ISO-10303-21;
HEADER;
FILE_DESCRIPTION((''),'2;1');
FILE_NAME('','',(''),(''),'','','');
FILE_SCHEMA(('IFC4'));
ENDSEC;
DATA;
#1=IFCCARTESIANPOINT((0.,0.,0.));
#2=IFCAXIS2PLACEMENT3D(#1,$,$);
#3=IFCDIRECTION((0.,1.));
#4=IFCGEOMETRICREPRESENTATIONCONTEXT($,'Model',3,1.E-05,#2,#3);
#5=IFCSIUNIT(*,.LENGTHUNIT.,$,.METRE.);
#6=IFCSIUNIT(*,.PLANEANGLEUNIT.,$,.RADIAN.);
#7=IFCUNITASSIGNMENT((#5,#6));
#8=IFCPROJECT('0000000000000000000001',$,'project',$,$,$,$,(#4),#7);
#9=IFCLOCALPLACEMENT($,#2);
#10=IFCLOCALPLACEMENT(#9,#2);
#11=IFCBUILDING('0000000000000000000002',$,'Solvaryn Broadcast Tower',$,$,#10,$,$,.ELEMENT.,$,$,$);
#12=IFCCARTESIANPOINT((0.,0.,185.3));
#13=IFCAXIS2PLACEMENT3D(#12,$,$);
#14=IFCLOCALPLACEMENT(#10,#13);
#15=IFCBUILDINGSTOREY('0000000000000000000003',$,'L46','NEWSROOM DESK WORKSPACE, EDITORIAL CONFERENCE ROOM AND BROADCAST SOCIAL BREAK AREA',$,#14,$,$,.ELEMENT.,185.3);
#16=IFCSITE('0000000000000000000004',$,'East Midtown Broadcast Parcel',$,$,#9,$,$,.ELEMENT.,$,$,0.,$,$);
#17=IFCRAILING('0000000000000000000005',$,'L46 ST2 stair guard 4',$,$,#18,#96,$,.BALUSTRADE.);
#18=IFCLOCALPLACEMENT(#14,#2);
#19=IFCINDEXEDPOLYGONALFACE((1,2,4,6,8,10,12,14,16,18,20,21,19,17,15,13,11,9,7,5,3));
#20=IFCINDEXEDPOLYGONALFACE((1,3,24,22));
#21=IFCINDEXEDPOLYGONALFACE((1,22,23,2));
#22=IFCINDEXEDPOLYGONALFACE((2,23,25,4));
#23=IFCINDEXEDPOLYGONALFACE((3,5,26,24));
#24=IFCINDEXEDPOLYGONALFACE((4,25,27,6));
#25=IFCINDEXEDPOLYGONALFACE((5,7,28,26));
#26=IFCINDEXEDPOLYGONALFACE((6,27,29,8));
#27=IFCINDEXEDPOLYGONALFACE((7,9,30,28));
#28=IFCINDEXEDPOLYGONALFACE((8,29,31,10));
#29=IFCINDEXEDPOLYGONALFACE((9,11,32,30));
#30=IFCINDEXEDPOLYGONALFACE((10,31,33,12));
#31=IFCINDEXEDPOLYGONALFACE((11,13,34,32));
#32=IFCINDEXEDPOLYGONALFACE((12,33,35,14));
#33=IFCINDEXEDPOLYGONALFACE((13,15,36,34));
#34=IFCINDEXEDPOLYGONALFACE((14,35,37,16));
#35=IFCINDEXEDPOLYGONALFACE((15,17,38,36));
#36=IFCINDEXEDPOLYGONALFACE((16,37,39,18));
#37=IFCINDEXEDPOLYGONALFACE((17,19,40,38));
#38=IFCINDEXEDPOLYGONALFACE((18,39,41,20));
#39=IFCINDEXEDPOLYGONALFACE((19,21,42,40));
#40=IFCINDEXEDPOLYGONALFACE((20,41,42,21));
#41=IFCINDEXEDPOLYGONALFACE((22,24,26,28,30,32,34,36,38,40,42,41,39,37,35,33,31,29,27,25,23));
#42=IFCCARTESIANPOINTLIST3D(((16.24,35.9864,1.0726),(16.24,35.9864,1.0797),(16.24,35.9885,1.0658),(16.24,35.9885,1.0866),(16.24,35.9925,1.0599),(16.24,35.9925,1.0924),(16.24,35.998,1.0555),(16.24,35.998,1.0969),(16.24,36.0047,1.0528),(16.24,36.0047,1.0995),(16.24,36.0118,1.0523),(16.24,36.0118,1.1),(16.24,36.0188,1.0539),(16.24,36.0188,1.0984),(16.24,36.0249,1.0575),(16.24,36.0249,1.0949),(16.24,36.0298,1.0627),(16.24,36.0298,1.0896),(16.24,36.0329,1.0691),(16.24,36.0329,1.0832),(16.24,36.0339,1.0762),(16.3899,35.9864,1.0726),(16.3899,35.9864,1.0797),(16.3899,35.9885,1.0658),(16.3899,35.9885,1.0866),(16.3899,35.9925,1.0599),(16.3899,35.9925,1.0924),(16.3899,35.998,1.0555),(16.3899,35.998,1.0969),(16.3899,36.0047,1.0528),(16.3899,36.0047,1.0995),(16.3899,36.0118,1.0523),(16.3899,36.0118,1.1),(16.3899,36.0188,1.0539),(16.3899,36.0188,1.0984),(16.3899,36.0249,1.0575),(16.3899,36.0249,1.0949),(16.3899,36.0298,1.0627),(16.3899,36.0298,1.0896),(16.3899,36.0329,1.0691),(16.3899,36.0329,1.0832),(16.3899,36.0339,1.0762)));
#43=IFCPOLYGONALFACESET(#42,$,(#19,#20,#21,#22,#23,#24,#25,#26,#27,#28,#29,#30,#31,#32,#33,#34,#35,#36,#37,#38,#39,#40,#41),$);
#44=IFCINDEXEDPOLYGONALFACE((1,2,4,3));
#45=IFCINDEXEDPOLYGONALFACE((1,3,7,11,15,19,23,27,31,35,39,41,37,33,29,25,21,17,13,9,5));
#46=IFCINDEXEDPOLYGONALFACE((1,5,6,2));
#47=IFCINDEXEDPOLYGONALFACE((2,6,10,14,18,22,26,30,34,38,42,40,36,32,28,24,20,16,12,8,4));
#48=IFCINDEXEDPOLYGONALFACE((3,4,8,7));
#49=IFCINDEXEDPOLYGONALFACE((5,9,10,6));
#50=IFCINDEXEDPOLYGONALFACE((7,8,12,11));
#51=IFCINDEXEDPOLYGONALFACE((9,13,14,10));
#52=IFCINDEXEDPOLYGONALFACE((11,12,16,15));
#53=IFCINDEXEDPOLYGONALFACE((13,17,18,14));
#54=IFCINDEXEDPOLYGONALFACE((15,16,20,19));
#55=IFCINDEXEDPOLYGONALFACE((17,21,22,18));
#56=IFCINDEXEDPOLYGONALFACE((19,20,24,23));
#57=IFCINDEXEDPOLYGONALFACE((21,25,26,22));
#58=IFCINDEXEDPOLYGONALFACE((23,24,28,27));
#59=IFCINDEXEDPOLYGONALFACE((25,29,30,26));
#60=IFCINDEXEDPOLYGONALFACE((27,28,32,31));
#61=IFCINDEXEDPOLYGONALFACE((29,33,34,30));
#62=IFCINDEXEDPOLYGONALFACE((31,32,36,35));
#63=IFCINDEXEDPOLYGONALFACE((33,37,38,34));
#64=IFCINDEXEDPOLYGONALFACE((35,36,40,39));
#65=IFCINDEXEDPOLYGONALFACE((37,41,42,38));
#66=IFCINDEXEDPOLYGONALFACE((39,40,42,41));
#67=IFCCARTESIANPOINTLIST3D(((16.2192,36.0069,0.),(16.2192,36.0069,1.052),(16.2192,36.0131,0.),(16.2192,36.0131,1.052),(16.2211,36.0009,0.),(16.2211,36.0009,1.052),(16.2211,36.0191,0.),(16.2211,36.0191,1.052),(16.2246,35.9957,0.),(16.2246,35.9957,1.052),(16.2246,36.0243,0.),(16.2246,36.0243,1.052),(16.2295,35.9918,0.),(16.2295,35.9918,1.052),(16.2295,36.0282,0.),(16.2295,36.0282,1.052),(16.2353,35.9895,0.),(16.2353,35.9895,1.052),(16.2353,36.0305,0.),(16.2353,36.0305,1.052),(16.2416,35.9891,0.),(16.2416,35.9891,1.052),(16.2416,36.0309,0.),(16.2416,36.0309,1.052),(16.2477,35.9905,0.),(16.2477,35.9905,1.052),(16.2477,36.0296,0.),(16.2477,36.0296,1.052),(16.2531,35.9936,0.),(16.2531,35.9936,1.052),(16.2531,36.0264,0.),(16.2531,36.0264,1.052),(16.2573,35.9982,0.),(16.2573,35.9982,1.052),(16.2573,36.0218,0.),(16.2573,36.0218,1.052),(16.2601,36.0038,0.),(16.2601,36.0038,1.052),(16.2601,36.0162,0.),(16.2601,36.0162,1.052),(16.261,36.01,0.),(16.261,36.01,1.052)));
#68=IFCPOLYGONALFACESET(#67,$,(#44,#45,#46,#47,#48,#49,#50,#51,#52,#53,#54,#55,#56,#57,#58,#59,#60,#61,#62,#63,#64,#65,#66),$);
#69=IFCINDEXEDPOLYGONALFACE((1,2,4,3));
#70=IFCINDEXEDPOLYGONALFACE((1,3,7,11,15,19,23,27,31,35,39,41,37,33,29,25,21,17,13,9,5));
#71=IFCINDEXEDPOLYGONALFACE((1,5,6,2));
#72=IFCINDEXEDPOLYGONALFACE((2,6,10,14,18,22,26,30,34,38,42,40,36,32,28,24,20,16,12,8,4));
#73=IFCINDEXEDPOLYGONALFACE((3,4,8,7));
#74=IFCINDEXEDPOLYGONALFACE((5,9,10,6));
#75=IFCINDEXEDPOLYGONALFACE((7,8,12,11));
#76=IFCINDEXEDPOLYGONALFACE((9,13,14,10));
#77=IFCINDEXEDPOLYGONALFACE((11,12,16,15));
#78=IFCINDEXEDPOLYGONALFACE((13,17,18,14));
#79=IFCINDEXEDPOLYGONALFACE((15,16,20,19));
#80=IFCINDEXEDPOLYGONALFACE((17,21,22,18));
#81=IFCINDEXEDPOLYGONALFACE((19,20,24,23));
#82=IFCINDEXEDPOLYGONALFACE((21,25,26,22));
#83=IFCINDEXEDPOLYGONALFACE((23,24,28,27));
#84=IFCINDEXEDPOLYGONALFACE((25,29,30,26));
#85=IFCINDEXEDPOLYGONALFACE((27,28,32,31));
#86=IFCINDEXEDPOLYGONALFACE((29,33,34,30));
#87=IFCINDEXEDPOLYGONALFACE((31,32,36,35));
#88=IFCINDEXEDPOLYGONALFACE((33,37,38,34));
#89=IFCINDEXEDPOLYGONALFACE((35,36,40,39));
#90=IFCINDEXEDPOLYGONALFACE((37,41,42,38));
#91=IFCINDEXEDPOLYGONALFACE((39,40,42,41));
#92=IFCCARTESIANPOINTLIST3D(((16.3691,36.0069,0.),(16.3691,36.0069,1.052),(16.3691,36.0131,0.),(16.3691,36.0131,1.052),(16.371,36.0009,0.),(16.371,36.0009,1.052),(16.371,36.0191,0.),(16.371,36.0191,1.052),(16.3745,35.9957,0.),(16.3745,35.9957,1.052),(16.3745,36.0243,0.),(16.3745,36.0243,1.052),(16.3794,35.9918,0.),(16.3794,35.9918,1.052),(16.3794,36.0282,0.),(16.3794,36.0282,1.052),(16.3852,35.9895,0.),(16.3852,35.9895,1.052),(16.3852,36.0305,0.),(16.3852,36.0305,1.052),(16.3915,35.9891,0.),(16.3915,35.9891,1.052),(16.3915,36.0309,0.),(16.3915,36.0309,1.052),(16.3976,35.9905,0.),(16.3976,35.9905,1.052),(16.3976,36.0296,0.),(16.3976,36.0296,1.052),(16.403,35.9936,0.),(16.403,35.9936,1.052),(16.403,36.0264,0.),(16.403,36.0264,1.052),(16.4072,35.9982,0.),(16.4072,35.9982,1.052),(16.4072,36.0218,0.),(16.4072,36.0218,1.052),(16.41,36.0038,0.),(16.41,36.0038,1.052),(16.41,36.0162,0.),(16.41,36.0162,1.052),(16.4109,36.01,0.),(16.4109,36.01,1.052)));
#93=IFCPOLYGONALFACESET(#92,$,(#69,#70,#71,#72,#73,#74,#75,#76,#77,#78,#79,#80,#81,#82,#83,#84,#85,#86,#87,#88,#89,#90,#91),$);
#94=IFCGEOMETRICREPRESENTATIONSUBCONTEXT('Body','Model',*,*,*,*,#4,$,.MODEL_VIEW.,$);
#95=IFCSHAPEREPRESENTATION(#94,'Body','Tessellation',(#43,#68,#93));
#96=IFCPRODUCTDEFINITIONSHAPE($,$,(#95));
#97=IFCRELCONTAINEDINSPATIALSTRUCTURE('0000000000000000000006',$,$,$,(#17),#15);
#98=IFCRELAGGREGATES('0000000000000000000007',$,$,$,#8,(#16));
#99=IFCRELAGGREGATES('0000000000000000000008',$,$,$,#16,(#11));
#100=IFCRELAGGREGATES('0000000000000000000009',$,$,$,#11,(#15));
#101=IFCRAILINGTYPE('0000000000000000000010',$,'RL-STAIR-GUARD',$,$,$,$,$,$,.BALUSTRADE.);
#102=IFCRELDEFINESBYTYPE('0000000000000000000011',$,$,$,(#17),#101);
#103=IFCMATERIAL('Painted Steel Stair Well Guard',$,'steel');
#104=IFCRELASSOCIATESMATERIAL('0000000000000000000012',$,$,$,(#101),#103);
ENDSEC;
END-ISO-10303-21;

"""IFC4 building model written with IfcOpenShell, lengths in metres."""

from ifc_helpers import new_model, si_unit, direction, frame, origin, origin_2d, place, context, subcontext, project, spatial, circle, extrude, material, type_object, element, save


model = new_model("IFC4")

# Units and contexts
model_context = context("Model", 3, precision=1e-05, world=origin(), true_north=direction((0.0, 1.0)))
body_context = subcontext(model_context, "Body", "Model", "MODEL_VIEW")
ifc_project = project(units=[si_unit("LENGTHUNIT", "METRE"), si_unit("PLANEANGLEUNIT", "RADIAN")], contexts=[model_context])

# Site, building, storey
site_placement = place(None, origin())
site = spatial("IfcSite", under=ifc_project, at=site_placement, Name="East Midtown Broadcast Parcel", CompositionType="ELEMENT", RefElevation=0.0)
building_placement = place(site_placement, origin())
building = spatial("IfcBuilding", under=site, at=building_placement, Name="Solvaryn Broadcast Tower", CompositionType="ELEMENT")
storey_placement = place(building_placement, frame((0.0, 0.0, 185.3)))
storey = spatial("IfcBuildingStorey", under=building, at=storey_placement, Name="L46", Description="NEWSROOM DESK WORKSPACE, EDITORIAL CONFERENCE ROOM AND BROADCAST SOCIAL BREAK AREA", CompositionType="ELEMENT", Elevation=185.3)

# Railing
ifc_material_1 = material(Name="Painted Steel Stair Well Guard", Category="steel")
railing_type_1 = type_object("IfcRailingType", Name="RL-STAIR-GUARD", PredefinedType="BALUSTRADE", material=ifc_material_1)
railing_1_placement = place(storey_placement, frame((16.24, 36.01, 0.0)))
element("IfcRailing", 1, at=railing_1_placement, inside=storey, type_object=railing_type_1, Name="L46 ST2 stair guard 4", PredefinedType="BALUSTRADE", context=body_context, shape_type="SweptSolid", body=[
    extrude(circle(Radius=0.0239, at=origin_2d()), frame((0.0, 0.0, 1.0762), z_axis=(1.0, 0.0, 0.0), x_axis=(0.0, 1.0, 0.0)), (0.0, 0.0, 1.0), 0.1499),
    extrude(circle(Radius=0.021, at=origin_2d()), origin(), (0.0, 0.0, 1.0), 1.052),
    extrude(circle(Radius=0.021, at=origin_2d()), frame((0.1499, 0.0, 0.0)), (0.0, 0.0, 1.0), 1.052),
])

save(model, "model.ifc")
